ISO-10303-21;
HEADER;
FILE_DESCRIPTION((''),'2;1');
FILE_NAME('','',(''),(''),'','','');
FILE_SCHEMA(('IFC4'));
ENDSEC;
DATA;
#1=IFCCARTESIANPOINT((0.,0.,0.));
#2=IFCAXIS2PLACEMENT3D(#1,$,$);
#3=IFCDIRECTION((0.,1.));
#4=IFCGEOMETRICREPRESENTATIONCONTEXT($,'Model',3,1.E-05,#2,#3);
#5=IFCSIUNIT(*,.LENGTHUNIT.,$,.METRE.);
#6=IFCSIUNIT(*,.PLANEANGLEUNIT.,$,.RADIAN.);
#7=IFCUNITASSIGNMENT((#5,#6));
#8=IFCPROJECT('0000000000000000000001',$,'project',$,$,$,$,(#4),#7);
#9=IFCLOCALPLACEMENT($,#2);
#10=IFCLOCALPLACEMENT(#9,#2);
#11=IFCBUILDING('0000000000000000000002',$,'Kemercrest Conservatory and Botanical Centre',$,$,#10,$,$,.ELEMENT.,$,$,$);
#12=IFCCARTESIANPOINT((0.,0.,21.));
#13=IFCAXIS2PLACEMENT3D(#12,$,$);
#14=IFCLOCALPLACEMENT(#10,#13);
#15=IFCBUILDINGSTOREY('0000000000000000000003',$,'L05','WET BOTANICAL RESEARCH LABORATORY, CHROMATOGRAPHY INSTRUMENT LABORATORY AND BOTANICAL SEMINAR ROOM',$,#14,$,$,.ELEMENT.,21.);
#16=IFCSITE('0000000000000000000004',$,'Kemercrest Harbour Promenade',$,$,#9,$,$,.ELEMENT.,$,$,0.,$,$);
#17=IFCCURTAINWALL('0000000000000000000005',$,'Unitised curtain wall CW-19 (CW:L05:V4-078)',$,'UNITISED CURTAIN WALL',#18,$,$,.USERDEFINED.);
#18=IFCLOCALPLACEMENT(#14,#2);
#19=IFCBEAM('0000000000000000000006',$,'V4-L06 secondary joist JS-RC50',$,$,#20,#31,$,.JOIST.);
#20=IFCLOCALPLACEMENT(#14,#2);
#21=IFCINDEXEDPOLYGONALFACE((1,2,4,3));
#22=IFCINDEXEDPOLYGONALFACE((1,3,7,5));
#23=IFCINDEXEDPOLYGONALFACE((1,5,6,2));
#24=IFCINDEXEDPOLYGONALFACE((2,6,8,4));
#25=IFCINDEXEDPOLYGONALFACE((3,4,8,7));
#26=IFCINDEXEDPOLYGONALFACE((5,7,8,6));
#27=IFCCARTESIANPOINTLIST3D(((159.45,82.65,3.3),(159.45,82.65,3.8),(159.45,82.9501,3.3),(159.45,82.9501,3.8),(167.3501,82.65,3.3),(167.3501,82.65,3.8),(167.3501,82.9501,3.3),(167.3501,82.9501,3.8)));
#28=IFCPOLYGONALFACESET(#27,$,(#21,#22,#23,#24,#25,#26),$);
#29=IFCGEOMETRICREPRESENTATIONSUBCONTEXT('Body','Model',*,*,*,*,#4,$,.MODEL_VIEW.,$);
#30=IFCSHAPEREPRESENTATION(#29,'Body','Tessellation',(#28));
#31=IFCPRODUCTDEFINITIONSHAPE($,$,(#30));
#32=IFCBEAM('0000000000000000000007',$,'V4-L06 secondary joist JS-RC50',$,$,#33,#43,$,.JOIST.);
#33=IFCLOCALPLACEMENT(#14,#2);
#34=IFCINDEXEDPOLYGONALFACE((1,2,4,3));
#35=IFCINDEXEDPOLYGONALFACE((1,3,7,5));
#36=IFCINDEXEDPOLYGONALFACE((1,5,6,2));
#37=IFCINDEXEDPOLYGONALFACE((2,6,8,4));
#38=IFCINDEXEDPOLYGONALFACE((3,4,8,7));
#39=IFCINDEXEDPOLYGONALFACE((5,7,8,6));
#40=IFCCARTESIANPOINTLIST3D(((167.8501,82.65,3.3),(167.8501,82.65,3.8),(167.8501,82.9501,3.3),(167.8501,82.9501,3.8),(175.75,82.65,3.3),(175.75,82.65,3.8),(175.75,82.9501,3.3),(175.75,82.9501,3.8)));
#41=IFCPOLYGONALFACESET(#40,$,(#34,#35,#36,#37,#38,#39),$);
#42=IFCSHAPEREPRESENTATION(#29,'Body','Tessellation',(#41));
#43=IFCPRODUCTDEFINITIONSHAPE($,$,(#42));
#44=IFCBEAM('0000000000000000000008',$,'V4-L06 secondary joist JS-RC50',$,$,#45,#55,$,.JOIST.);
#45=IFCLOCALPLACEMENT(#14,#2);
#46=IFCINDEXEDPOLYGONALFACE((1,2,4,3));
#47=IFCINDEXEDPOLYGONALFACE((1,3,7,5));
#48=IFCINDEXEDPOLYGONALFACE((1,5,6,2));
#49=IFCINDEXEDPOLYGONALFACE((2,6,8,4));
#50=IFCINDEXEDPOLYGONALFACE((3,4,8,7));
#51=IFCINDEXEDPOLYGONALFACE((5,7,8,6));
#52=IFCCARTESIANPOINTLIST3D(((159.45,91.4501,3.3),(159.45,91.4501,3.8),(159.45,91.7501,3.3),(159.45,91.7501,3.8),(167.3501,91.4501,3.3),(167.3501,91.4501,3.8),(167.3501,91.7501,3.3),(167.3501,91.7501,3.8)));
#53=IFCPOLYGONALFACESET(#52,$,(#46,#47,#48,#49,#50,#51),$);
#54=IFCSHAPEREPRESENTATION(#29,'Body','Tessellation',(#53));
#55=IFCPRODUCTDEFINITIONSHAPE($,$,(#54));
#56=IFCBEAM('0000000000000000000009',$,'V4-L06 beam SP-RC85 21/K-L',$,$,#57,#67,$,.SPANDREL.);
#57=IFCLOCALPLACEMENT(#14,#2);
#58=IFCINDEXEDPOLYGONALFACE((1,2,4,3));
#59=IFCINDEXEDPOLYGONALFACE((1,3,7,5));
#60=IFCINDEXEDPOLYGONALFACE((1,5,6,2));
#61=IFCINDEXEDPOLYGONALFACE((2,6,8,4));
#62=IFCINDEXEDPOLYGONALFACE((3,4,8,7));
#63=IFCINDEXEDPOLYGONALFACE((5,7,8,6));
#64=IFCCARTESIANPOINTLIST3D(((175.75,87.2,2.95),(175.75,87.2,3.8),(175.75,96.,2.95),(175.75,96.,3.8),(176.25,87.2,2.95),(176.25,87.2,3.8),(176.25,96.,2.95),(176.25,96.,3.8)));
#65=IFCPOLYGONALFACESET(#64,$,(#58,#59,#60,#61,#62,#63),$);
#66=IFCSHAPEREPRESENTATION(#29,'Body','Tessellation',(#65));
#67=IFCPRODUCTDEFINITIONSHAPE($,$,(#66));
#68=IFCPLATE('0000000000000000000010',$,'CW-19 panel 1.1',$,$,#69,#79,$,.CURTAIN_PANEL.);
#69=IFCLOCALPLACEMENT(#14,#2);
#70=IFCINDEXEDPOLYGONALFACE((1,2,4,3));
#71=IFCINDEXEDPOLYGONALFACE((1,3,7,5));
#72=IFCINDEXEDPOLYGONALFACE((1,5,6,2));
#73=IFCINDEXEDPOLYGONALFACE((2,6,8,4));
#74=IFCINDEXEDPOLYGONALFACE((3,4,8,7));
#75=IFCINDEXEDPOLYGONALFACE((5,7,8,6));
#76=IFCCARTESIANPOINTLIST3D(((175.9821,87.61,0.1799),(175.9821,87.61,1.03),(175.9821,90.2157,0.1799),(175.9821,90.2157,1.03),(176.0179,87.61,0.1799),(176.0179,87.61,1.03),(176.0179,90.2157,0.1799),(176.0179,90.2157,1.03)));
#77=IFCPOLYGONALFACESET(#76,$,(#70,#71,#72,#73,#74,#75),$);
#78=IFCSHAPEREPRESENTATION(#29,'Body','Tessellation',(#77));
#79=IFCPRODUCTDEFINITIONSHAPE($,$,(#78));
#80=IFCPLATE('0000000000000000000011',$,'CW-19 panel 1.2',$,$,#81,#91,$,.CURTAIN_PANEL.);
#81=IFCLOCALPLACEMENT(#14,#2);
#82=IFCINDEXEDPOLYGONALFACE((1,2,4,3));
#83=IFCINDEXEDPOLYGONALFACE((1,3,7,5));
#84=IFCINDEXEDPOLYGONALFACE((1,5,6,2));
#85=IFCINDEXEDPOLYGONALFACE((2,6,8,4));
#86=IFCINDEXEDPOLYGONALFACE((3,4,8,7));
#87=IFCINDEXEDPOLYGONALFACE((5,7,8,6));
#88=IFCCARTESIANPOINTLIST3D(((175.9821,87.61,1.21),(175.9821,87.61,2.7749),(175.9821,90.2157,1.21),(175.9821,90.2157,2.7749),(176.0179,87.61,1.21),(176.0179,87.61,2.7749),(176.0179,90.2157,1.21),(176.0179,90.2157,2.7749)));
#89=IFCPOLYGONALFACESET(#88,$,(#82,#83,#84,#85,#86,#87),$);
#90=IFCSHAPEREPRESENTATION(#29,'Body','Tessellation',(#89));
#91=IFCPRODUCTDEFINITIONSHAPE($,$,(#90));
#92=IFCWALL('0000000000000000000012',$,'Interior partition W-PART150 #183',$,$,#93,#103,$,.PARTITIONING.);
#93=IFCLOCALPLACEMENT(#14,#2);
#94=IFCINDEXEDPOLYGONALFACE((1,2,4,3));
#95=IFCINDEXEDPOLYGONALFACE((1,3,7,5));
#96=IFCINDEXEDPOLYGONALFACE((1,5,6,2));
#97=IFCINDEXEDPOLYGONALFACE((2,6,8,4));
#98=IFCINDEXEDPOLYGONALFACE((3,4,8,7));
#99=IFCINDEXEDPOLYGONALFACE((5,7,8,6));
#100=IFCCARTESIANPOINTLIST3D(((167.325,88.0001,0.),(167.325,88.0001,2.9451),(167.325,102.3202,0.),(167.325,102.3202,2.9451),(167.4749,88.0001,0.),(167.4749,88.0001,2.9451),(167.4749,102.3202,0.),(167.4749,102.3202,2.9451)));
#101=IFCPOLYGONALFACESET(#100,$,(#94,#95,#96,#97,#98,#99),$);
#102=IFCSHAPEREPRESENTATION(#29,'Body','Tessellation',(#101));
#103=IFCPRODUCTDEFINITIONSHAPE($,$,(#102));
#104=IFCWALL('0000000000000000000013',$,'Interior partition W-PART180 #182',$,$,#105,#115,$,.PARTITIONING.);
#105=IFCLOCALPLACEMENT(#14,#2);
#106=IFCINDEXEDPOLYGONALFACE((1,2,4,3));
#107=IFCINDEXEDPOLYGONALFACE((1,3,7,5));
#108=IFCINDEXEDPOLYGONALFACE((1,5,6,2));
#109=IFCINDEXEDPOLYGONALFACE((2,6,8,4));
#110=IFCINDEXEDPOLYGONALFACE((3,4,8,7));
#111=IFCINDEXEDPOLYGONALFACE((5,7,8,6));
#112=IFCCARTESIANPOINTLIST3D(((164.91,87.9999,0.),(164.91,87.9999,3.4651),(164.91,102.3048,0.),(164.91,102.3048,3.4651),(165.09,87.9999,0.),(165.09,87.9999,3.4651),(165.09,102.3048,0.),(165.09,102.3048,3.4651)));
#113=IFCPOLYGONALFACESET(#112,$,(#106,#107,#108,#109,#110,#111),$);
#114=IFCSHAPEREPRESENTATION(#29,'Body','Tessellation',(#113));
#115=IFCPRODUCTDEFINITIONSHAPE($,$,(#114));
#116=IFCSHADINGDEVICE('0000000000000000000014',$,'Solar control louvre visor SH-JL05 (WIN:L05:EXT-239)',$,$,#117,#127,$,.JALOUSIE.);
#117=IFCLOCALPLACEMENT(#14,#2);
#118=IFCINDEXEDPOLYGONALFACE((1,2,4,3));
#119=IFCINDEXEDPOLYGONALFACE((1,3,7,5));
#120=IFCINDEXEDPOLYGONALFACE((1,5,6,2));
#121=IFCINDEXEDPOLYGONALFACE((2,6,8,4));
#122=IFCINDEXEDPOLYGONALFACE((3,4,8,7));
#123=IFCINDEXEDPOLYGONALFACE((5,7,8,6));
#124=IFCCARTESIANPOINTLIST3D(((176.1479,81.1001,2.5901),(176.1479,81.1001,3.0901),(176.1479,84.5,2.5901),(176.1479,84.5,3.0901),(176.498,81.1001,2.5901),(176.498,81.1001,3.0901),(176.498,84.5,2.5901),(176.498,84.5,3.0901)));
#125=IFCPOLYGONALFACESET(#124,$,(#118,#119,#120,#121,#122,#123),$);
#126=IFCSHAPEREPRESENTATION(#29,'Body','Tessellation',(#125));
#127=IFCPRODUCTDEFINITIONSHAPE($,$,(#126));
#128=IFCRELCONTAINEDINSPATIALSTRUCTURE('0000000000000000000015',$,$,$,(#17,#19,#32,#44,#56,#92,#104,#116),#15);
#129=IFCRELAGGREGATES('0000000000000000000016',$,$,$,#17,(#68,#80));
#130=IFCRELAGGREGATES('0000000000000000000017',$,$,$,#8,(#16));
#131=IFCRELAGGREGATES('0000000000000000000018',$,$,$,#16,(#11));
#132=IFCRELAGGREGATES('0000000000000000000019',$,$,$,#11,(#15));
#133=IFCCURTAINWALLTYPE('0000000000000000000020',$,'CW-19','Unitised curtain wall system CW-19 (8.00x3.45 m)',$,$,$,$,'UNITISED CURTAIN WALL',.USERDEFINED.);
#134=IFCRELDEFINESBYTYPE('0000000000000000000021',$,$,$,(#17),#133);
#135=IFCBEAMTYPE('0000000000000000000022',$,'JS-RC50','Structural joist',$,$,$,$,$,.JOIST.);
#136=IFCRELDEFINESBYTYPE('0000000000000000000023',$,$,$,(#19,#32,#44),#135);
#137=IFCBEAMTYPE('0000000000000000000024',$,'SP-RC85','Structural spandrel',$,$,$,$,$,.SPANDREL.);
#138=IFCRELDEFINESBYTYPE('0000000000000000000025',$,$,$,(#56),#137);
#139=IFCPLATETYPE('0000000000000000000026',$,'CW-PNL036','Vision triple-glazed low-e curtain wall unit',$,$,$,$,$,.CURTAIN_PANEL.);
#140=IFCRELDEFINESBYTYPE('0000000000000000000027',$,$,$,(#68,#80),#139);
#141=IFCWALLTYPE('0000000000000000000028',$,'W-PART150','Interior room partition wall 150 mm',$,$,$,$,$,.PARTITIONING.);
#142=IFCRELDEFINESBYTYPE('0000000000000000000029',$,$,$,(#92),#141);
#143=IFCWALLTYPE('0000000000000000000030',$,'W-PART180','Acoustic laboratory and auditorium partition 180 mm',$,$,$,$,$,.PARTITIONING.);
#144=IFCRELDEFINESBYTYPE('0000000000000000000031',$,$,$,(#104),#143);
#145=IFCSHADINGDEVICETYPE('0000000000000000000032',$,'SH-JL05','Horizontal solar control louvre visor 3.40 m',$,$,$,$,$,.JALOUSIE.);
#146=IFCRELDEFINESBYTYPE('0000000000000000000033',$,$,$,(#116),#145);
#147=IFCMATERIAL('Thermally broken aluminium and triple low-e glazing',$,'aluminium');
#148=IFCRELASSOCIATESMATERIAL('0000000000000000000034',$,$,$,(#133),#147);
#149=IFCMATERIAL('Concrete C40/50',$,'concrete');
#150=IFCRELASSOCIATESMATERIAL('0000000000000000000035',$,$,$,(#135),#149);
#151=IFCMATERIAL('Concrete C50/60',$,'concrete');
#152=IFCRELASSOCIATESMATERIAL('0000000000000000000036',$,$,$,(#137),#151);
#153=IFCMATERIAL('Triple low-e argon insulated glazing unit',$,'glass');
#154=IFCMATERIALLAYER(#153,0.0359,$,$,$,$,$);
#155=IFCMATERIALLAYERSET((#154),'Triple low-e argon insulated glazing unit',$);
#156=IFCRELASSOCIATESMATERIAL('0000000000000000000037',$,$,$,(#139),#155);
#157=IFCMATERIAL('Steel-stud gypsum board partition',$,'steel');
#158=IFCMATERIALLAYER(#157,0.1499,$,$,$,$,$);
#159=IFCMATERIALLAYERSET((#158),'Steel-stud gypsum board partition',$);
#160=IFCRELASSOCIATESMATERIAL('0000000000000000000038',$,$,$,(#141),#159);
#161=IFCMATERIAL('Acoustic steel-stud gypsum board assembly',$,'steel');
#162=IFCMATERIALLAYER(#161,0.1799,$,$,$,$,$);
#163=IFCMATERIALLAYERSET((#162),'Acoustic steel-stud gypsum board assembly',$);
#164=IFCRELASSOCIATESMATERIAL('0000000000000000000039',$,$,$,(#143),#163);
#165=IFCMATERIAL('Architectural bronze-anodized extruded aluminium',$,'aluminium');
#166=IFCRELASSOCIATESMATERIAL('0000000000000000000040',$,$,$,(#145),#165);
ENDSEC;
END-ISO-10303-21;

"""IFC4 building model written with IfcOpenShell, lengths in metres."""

from ifc_helpers import new_model, si_unit, direction, frame, frame_2d, origin, origin_2d, place, context, subcontext, project, spatial, rectangle, extrude, material, layer, layer_set, material_profile, profile_set, type_object, element, aggregate, save


model = new_model("IFC4")

# Units and contexts
model_context = context("Model", 3, precision=1e-05, world=origin(), true_north=direction((0.0, 1.0)))
body_context = subcontext(model_context, "Body", "Model", "MODEL_VIEW")
ifc_project = project(units=[si_unit("LENGTHUNIT", "METRE"), si_unit("PLANEANGLEUNIT", "RADIAN")], contexts=[model_context])

# Site, building, storey
site_placement = place(None, origin())
site = spatial("IfcSite", under=ifc_project, at=site_placement, Name="Kemercrest Harbour Promenade", CompositionType="ELEMENT", RefElevation=0.0)
building_placement = place(site_placement, origin())
building = spatial("IfcBuilding", under=site, at=building_placement, Name="Kemercrest Conservatory and Botanical Centre", CompositionType="ELEMENT")
storey_placement = place(building_placement, frame((0.0, 0.0, 21.0)))
storey = spatial("IfcBuildingStorey", under=building, at=storey_placement, Name="L05", Description="WET BOTANICAL RESEARCH LABORATORY, CHROMATOGRAPHY INSTRUMENT LABORATORY AND BOTANICAL SEMINAR ROOM", CompositionType="ELEMENT", Elevation=21.0)

# Shared definitions
ifc_material_1 = material(Name="Concrete C50/60", Category="concrete")

# Curtain wall
ifc_material_2 = material(Name="Thermally broken aluminium and triple low-e glazing", Category="aluminium")
curtain_wall_type = type_object("IfcCurtainWallType", Name="CW-19", Description="Unitised curtain wall system CW-19 (8.00x3.45 m)", ElementType="UNITISED CURTAIN WALL", PredefinedType="USERDEFINED", material=ifc_material_2)
curtain_wall_placement = place(storey_placement, origin())
curtain_wall = element("IfcCurtainWall", 1, at=curtain_wall_placement, inside=storey, type_object=curtain_wall_type, Name="Unitised curtain wall CW-19 (CW:L05:V4-078)", ObjectType="UNITISED CURTAIN WALL", PredefinedType="USERDEFINED")

# Beams
ifc_material_3 = material(Name="Concrete C40/50", Category="concrete")
ifc_material_profile_1 = material_profile(ifc_material_3, rectangle(XDim=0.3, YDim=0.5, at=origin_2d()), Name="RC 300x500")
ifc_profile_set_1 = profile_set([ifc_material_profile_1], Name="Concrete C40/50")
beam_type_1 = type_object("IfcBeamType", Name="JS-RC50", Description="Structural joist", PredefinedType="JOIST", material=ifc_profile_set_1)
beam_1_placement = place(storey_placement, frame((159.45, 82.8, 3.55), z_axis=(1.0, 0.0, 0.0), x_axis=(0.0, 1.0, 0.0)))
element("IfcBeam", 2, at=beam_1_placement, inside=storey, type_object=beam_type_1, Name="V4-L06 secondary joist JS-RC50", PredefinedType="JOIST", context=body_context, shape_type="SweptSolid", body=[
    extrude(rectangle(XDim=0.3, YDim=0.5, at=origin_2d()), origin(), (0.0, 0.0, 1.0), 7.9001),
])
beam_2_placement = place(storey_placement, frame((167.8501, 82.8, 3.55), z_axis=(1.0, 0.0, 0.0), x_axis=(0.0, 1.0, 0.0)))
element("IfcBeam", 3, at=beam_2_placement, inside=storey, type_object=beam_type_1, Name="V4-L06 secondary joist JS-RC50", PredefinedType="JOIST", context=body_context, shape_type="SweptSolid", body=[
    extrude(rectangle(XDim=0.3, YDim=0.5, at=origin_2d()), origin(), (0.0, 0.0, 1.0), 7.8999),
])
beam_3_placement = place(storey_placement, frame((159.45, 91.6001, 3.55), z_axis=(1.0, 0.0, 0.0), x_axis=(0.0, 1.0, 0.0)))
element("IfcBeam", 4, at=beam_3_placement, inside=storey, type_object=beam_type_1, Name="V4-L06 secondary joist JS-RC50", PredefinedType="JOIST", context=body_context, shape_type="SweptSolid", body=[
    extrude(rectangle(XDim=0.3, YDim=0.5, at=origin_2d()), origin(), (0.0, 0.0, 1.0), 7.9001),
])
ifc_material_profile_2 = material_profile(ifc_material_1, rectangle(XDim=0.5, YDim=0.8501, at=origin_2d()), Name="RC 500x850")
ifc_profile_set_2 = profile_set([ifc_material_profile_2], Name="Concrete C50/60")
beam_type_2 = type_object("IfcBeamType", Name="SP-RC85", Description="Structural spandrel", PredefinedType="SPANDREL", material=ifc_profile_set_2)
beam_4_placement = place(storey_placement, frame((176.0, 87.2, 3.375), z_axis=(0.0, 1.0, 0.0), x_axis=(-1.0, 0.0, 0.0)))
element("IfcBeam", 5, at=beam_4_placement, inside=storey, type_object=beam_type_2, Name="V4-L06 beam SP-RC85 21/K-L", PredefinedType="SPANDREL", context=body_context, shape_type="SweptSolid", body=[
    extrude(rectangle(XDim=0.5, YDim=0.8501, at=origin_2d()), origin(), (0.0, 0.0, 1.0), 8.8),
])

# Plates
ifc_material_4 = material(Name="Triple low-e argon insulated glazing unit", Category="glass")
ifc_layer_1 = layer(ifc_material_4, 0.0359)
ifc_layer_set_1 = layer_set([ifc_layer_1], Name="Triple low-e argon insulated glazing unit")
plate_type = type_object("IfcPlateType", Name="CW-PNL036", Description="Vision triple-glazed low-e curtain wall unit", PredefinedType="CURTAIN_PANEL", material=ifc_layer_set_1)
plate_1_placement = place(storey_placement, frame((176.0, 88.9128, 0.1799), z_axis=(0.0, 0.0, 1.0), x_axis=(0.0, 1.0, 0.0)))
plate_1 = element("IfcPlate", 6, at=plate_1_placement, type_object=plate_type, Name="CW-19 panel 1.1", PredefinedType="CURTAIN_PANEL", context=body_context, shape_type="SweptSolid", body=[
    extrude(rectangle(XDim=2.6057, YDim=0.0359, at=origin_2d()), origin(), (0.0, 0.0, 1.0), 0.8501),
])
plate_2_placement = place(storey_placement, frame((176.0, 88.9128, 1.21), z_axis=(0.0, 0.0, 1.0), x_axis=(0.0, 1.0, 0.0)))
plate_2 = element("IfcPlate", 7, at=plate_2_placement, type_object=plate_type, Name="CW-19 panel 1.2", PredefinedType="CURTAIN_PANEL", context=body_context, shape_type="SweptSolid", body=[
    extrude(rectangle(XDim=2.6057, YDim=0.0359, at=origin_2d()), origin(), (0.0, 0.0, 1.0), 1.5649),
])
aggregate(curtain_wall, [plate_1, plate_2])

# Walls
ifc_material_5 = material(Name="Steel-stud gypsum board partition", Category="steel")
ifc_layer_2 = layer(ifc_material_5, 0.1499)
ifc_layer_set_2 = layer_set([ifc_layer_2], Name="Steel-stud gypsum board partition")
wall_type_1 = type_object("IfcWallType", Name="W-PART150", Description="Interior room partition wall 150 mm", PredefinedType="PARTITIONING", material=ifc_layer_set_2)
wall_1_placement = place(storey_placement, frame((167.3999, 88.0, 0.0), z_axis=(0.0, 0.0, 1.0), x_axis=(0.0, 1.0, 0.0)))
element("IfcWall", 8, at=wall_1_placement, inside=storey, type_object=wall_type_1, Name="Interior partition W-PART150 #183", PredefinedType="PARTITIONING", context=body_context, shape_type="SweptSolid", body=[
    extrude(rectangle(XDim=14.3201, YDim=0.1499, at=frame_2d((7.1602, 0.0))), origin(), (0.0, 0.0, 1.0), 2.9451),
])
ifc_material_6 = material(Name="Acoustic steel-stud gypsum board assembly", Category="steel")
ifc_layer_3 = layer(ifc_material_6, 0.1799)
ifc_layer_set_3 = layer_set([ifc_layer_3], Name="Acoustic steel-stud gypsum board assembly")
wall_type_2 = type_object("IfcWallType", Name="W-PART180", Description="Acoustic laboratory and auditorium partition 180 mm", PredefinedType="PARTITIONING", material=ifc_layer_set_3)
wall_2_placement = place(storey_placement, frame((165.0, 88.0, 0.0), z_axis=(0.0, 0.0, 1.0), x_axis=(0.0, 1.0, 0.0)))
element("IfcWall", 9, at=wall_2_placement, inside=storey, type_object=wall_type_2, Name="Interior partition W-PART180 #182", PredefinedType="PARTITIONING", context=body_context, shape_type="SweptSolid", body=[
    extrude(rectangle(XDim=14.3049, YDim=0.1799, at=frame_2d((7.1523, 0.0))), origin(), (0.0, 0.0, 1.0), 3.4651),
])

# Shading device
ifc_material_7 = material(Name="Architectural bronze-anodized extruded aluminium", Category="aluminium")
shading_device_type = type_object("IfcShadingDeviceType", Name="SH-JL05", Description="Horizontal solar control louvre visor 3.40 m", PredefinedType="JALOUSIE", material=ifc_material_7)
shading_device_placement = place(storey_placement, frame((176.323, 82.8, 2.5901), z_axis=(0.0, 0.0, 1.0), x_axis=(0.0, 1.0, 0.0)))
element("IfcShadingDevice", 10, at=shading_device_placement, inside=storey, type_object=shading_device_type, Name="Solar control louvre visor SH-JL05 (WIN:L05:EXT-239)", PredefinedType="JALOUSIE", context=body_context, shape_type="SweptSolid", body=[
    extrude(rectangle(XDim=3.3999, YDim=0.3501, at=origin_2d()), origin(), (0.0, 0.0, 1.0), 0.5),
])

save(model, "model.ifc")
